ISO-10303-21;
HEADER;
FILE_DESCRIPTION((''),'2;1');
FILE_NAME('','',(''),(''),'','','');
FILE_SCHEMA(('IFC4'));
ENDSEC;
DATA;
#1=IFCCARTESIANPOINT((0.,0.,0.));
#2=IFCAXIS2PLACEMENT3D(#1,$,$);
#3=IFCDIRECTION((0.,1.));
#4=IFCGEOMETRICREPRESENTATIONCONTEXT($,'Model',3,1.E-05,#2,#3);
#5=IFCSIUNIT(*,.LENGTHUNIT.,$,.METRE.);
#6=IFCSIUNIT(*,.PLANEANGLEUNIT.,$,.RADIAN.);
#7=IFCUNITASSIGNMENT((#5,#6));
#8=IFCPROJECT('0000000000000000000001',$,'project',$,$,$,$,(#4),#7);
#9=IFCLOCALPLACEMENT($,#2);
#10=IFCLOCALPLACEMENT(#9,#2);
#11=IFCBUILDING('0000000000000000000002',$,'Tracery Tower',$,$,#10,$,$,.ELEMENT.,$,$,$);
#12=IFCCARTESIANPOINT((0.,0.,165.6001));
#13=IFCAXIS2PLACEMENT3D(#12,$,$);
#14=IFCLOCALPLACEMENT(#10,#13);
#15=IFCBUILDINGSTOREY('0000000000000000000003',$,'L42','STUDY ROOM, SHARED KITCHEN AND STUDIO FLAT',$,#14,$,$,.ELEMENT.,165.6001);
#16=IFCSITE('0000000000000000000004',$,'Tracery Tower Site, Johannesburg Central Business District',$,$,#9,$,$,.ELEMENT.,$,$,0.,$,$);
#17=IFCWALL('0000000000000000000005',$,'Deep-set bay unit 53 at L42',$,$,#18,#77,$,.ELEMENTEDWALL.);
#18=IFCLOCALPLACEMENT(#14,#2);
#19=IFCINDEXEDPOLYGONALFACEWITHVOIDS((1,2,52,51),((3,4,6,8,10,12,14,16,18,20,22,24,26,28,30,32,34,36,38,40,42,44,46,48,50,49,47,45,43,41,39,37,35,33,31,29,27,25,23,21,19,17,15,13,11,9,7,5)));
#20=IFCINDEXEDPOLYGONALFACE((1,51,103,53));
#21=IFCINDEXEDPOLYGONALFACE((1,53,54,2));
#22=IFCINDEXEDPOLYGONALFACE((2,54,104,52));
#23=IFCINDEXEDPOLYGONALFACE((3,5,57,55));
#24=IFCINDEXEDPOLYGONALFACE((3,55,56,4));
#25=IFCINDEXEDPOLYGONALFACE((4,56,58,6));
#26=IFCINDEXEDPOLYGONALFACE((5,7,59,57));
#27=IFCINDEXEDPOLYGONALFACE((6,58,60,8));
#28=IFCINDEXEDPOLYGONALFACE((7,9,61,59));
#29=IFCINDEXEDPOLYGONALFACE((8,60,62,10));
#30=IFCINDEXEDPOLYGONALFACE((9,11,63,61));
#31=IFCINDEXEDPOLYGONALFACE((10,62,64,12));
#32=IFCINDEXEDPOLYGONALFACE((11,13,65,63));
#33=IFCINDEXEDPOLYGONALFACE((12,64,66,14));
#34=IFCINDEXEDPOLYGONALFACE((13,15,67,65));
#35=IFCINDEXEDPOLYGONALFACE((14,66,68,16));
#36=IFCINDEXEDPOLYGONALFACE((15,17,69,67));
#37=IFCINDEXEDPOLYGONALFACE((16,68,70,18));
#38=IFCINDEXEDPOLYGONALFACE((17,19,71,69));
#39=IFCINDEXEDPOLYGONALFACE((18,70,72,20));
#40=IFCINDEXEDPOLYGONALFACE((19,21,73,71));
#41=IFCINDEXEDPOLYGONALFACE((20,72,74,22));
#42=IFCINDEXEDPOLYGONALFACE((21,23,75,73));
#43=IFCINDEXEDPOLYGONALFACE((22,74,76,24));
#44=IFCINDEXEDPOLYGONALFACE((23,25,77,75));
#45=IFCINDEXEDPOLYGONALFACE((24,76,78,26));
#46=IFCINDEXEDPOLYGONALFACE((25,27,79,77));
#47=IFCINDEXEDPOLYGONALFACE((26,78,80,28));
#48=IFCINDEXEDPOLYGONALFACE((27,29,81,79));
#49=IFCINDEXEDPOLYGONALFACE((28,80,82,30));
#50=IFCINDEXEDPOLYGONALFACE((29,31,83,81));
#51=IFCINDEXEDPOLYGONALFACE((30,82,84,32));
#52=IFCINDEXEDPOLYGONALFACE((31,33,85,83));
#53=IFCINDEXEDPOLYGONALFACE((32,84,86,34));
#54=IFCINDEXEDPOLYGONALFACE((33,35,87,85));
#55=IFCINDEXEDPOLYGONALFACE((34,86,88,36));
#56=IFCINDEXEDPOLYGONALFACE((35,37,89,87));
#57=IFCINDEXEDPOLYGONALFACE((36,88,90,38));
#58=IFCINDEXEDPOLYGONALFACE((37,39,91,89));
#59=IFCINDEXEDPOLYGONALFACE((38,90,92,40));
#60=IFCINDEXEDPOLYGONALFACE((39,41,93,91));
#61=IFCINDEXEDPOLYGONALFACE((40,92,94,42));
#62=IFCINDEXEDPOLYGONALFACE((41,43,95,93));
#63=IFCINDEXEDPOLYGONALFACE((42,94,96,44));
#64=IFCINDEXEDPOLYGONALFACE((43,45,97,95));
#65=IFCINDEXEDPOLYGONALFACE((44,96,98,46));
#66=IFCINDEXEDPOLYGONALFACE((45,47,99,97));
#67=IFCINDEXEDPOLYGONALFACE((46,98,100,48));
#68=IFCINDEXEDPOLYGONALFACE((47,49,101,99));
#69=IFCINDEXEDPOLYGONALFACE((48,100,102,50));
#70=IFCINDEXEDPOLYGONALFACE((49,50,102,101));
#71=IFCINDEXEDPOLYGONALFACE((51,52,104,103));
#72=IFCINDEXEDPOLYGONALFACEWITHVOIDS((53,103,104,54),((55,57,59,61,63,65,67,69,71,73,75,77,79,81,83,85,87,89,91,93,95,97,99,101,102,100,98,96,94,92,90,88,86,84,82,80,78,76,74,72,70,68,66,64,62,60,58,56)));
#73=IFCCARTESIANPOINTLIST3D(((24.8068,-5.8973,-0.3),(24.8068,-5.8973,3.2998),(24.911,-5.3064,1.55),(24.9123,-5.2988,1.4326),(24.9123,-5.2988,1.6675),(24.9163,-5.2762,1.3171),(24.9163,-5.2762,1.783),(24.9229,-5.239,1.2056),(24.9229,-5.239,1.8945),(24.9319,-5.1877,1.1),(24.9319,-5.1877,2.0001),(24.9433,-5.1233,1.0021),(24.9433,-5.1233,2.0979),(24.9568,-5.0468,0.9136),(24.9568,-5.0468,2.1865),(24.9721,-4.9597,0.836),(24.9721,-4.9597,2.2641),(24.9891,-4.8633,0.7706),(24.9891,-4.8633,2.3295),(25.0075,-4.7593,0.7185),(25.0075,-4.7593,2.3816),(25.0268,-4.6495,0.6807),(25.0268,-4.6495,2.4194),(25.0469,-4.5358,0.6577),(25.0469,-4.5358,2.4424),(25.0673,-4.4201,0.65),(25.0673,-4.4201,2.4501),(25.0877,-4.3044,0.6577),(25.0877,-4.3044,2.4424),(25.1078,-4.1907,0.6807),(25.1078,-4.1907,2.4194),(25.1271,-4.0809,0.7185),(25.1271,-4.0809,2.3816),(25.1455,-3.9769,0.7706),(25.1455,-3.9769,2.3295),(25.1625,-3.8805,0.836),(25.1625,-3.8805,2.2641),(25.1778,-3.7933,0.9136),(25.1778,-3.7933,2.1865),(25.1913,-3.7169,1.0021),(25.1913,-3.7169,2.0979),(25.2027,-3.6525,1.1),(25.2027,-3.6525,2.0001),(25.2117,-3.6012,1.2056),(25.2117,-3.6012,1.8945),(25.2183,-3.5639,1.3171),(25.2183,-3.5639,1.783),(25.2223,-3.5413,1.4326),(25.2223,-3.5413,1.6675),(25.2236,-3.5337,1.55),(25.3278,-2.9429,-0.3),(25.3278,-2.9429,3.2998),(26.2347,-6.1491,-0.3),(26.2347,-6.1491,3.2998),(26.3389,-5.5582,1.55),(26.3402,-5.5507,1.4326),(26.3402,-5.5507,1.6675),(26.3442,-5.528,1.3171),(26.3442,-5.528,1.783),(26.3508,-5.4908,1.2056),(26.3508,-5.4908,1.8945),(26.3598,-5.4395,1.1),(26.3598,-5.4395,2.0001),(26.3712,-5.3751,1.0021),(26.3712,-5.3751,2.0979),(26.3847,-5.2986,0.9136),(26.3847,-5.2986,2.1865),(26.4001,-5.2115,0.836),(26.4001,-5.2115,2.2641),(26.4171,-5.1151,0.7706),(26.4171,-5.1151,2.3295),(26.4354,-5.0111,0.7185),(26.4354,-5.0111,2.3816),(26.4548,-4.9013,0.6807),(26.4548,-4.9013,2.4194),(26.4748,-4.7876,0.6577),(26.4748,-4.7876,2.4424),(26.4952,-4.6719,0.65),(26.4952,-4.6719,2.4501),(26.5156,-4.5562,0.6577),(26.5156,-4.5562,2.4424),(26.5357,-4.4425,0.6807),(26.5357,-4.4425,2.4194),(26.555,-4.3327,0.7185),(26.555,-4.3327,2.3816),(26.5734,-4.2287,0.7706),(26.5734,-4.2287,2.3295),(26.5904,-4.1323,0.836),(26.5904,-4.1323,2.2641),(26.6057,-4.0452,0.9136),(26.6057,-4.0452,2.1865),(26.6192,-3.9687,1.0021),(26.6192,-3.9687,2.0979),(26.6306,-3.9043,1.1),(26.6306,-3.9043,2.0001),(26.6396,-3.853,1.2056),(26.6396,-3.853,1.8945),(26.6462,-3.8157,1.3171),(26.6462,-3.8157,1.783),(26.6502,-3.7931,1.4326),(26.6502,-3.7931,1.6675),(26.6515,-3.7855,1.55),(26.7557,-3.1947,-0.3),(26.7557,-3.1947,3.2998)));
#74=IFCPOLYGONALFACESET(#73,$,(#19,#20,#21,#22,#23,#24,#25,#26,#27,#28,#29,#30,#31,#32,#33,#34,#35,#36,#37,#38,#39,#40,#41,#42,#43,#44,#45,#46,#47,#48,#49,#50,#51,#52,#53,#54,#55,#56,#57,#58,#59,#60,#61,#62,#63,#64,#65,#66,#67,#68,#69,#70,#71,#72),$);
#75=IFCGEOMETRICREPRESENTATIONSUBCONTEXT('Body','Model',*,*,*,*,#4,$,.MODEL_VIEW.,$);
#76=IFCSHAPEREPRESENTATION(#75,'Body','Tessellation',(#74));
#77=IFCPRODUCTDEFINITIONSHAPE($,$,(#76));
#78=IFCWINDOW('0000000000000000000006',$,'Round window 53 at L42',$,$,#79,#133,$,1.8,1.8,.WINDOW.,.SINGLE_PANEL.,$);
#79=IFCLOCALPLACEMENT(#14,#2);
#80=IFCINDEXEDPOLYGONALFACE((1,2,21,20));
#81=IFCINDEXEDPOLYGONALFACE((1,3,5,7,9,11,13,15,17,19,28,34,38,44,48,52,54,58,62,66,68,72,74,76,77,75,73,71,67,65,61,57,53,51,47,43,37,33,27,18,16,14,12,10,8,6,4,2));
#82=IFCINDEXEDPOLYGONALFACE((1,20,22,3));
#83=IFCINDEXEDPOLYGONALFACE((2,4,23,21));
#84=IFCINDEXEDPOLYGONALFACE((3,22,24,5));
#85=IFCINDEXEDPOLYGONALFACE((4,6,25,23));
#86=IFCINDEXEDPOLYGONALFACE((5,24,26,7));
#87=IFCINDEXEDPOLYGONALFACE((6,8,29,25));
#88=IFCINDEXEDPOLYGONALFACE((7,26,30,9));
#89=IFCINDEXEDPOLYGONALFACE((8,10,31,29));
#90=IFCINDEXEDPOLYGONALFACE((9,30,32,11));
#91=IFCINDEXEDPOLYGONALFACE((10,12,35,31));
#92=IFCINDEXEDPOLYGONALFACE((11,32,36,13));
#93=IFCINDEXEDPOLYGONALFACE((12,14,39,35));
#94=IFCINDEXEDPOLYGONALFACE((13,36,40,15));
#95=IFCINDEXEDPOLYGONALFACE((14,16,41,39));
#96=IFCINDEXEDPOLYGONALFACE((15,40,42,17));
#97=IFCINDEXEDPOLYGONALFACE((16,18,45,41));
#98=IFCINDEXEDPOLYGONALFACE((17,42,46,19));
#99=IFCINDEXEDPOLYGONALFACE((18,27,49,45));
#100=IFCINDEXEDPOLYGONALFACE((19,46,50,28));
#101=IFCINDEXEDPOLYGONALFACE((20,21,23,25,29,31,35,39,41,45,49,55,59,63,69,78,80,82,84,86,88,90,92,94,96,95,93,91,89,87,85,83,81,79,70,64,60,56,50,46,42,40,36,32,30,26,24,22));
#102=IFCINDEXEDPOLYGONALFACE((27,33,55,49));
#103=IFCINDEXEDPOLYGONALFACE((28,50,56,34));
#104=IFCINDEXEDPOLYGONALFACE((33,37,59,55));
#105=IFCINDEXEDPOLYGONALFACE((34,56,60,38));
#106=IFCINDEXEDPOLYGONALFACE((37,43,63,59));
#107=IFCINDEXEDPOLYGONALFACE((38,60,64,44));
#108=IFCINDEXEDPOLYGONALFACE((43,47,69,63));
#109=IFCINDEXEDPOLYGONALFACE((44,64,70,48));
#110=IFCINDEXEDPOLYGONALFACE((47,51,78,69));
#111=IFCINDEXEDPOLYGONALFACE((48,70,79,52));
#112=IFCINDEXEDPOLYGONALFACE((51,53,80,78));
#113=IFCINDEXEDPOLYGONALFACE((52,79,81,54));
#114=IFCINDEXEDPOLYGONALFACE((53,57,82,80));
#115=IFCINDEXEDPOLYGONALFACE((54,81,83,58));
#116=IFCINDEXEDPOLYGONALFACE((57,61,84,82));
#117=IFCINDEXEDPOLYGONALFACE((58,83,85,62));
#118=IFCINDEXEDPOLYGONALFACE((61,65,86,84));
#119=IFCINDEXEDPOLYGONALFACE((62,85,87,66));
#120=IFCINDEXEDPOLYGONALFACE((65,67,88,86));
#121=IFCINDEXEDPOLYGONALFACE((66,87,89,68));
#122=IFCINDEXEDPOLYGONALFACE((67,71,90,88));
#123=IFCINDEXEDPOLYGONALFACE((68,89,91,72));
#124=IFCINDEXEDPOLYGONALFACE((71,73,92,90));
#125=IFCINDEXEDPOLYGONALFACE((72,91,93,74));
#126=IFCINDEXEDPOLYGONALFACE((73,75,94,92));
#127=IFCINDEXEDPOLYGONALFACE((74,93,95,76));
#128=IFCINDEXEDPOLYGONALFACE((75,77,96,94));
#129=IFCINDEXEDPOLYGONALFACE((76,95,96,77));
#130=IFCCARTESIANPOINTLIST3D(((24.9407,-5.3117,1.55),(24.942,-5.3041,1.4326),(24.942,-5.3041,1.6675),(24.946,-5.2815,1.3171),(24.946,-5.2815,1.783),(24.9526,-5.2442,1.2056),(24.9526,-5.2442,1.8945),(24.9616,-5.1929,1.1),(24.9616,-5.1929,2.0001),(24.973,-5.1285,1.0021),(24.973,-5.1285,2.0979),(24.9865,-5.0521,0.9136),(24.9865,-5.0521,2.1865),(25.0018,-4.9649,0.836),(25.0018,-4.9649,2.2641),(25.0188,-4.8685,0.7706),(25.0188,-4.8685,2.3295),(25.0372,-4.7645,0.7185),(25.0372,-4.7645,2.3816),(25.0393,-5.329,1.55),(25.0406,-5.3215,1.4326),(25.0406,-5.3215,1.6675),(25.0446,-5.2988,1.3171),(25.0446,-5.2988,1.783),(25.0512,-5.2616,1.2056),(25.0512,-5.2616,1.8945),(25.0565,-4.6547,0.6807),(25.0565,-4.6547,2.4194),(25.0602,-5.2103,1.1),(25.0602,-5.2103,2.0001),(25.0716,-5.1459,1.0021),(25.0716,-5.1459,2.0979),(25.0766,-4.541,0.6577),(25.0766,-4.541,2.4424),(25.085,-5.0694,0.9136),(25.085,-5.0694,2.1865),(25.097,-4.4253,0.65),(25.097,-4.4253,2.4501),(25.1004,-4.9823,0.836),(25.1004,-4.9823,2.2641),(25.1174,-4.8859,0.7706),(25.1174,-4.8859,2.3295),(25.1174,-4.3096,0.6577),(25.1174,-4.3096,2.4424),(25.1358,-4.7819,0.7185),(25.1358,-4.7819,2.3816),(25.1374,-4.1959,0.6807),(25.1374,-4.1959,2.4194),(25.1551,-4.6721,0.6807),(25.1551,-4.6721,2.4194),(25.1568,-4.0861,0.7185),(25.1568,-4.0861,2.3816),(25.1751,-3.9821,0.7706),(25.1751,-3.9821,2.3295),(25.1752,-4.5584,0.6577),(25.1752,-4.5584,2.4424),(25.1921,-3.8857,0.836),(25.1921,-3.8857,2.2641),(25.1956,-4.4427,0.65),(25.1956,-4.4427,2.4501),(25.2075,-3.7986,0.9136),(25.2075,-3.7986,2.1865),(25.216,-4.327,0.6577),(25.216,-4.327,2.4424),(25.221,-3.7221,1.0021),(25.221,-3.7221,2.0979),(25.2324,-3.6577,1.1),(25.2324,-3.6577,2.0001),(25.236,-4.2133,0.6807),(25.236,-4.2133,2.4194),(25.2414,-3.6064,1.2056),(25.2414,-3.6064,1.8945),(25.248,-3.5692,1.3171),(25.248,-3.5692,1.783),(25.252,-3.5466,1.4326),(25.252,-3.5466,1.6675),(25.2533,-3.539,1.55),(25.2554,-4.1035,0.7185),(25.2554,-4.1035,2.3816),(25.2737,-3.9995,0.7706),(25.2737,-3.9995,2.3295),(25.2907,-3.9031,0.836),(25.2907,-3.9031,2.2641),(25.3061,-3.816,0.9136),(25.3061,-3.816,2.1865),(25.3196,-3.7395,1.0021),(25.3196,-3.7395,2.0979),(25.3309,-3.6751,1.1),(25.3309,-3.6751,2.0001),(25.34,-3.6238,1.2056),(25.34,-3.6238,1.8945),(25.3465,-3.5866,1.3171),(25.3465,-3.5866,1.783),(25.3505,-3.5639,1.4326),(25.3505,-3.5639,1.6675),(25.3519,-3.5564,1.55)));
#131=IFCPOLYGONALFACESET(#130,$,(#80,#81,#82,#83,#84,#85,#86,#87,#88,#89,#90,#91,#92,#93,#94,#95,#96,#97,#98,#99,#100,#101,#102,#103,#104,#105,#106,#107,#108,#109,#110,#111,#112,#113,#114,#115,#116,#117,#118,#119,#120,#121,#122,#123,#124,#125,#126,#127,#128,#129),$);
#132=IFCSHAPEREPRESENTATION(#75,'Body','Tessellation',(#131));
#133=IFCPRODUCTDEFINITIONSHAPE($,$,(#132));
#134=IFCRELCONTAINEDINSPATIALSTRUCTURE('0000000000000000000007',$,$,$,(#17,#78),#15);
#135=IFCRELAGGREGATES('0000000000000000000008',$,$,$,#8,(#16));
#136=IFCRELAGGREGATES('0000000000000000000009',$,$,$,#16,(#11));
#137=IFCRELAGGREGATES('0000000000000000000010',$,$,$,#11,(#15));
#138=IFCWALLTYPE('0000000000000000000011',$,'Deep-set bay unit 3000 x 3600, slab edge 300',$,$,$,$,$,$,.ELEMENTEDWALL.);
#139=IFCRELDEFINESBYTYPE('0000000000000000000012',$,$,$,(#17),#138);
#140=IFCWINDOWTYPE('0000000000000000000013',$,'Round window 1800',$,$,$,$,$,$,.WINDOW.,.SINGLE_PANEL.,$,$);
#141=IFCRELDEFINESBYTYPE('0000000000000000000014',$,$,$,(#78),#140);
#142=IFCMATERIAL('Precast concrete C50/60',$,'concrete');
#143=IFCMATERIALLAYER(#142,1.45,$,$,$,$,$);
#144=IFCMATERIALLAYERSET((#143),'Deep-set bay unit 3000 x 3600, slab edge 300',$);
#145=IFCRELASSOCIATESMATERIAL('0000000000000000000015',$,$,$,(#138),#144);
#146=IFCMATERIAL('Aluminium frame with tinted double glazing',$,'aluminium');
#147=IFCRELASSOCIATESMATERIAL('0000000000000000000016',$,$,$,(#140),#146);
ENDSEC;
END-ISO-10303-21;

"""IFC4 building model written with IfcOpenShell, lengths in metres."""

from ifc_helpers import new_model, si_unit, direction, frame, frame_2d, origin, origin_2d, place, context, subcontext, project, spatial, rectangle, circle, extrude, material, layer, layer_set, type_object, element, fill, save


model = new_model("IFC4")

# Units and contexts
model_context = context("Model", 3, precision=1e-05, world=origin(), true_north=direction((0.0, 1.0)))
body_context = subcontext(model_context, "Body", "Model", "MODEL_VIEW")
ifc_project = project(units=[si_unit("LENGTHUNIT", "METRE"), si_unit("PLANEANGLEUNIT", "RADIAN")], contexts=[model_context])

# Site, building, storey
site_placement = place(None, origin())
site = spatial("IfcSite", under=ifc_project, at=site_placement, Name="Tracery Tower Site, Johannesburg Central Business District", CompositionType="ELEMENT", RefElevation=0.0)
building_placement = place(site_placement, origin())
building = spatial("IfcBuilding", under=site, at=building_placement, Name="Tracery Tower", CompositionType="ELEMENT")
storey_placement = place(building_placement, frame((0.0, 0.0, 165.6001)))
storey = spatial("IfcBuildingStorey", under=building, at=storey_placement, Name="L42", Description="STUDY ROOM, SHARED KITCHEN AND STUDIO FLAT", CompositionType="ELEMENT", Elevation=165.6001)

# Wall, opening, window
ifc_material_1 = material(Name="Precast concrete C50/60", Category="concrete")
ifc_layer_1 = layer(ifc_material_1, 1.45)
ifc_layer_set_1 = layer_set([ifc_layer_1], Name="Deep-set bay unit 3000 x 3600, slab edge 300")
wall_type_1 = type_object("IfcWallType", Name="Deep-set bay unit 3000 x 3600, slab edge 300", PredefinedType="ELEMENTEDWALL", material=ifc_layer_set_1)
wall_1_placement = place(storey_placement, frame((25.5208, -6.0232, -0.3), z_axis=(0.0, 0.0, 1.0), x_axis=(0.173669, 0.984804, 0.0)))
wall_1 = element("IfcWall", 1, at=wall_1_placement, inside=storey, type_object=wall_type_1, Name="Deep-set bay unit 53 at L42", PredefinedType="ELEMENTEDWALL", context=body_context, shape_type="SweptSolid", body=[
    extrude(rectangle(XDim=3.0, YDim=1.45, at=frame_2d((1.5, 0.0))), origin(), (0.0, 0.0, 1.0), 3.5999),
])
opening_1_placement = place(wall_1_placement, frame((1.5, 0.0, 1.8501)))
opening_1 = element("IfcOpeningElement", 2, at=opening_1_placement, cuts=wall_1, PredefinedType="OPENING", context=body_context, shape_type="SweptSolid", body=[
    extrude(circle(Radius=0.9, at=origin_2d()), frame((0.0, 0.7349, 0.0), z_axis=(0.0, -1.0, 0.0), x_axis=(1.0, 0.0, 0.0)), (0.0, 0.0, 1.0), 1.47),
])
ifc_material_2 = material(Name="Aluminium frame with tinted double glazing", Category="aluminium")
window_type = type_object("IfcWindowType", Name="Round window 1800", PartitioningType="SINGLE_PANEL", PredefinedType="WINDOW", material=ifc_material_2)
window_1_placement = place(opening_1_placement, origin())
window_1 = element("IfcWindow", 3, at=window_1_placement, inside=storey, type_object=window_type, Name="Round window 53 at L42", OverallHeight=1.8, OverallWidth=1.8, PartitioningType="SINGLE_PANEL", PredefinedType="WINDOW", context=body_context, shape_type="SweptSolid", body=[
    extrude(circle(Radius=0.9, at=origin_2d()), frame((0.0, 0.6948, 0.0), z_axis=(0.0, -1.0, 0.0), x_axis=(1.0, 0.0, 0.0)), (0.0, 0.0, 1.0), 0.1001),
])
fill(opening_1, window_1)

save(model, "model.ifc")
